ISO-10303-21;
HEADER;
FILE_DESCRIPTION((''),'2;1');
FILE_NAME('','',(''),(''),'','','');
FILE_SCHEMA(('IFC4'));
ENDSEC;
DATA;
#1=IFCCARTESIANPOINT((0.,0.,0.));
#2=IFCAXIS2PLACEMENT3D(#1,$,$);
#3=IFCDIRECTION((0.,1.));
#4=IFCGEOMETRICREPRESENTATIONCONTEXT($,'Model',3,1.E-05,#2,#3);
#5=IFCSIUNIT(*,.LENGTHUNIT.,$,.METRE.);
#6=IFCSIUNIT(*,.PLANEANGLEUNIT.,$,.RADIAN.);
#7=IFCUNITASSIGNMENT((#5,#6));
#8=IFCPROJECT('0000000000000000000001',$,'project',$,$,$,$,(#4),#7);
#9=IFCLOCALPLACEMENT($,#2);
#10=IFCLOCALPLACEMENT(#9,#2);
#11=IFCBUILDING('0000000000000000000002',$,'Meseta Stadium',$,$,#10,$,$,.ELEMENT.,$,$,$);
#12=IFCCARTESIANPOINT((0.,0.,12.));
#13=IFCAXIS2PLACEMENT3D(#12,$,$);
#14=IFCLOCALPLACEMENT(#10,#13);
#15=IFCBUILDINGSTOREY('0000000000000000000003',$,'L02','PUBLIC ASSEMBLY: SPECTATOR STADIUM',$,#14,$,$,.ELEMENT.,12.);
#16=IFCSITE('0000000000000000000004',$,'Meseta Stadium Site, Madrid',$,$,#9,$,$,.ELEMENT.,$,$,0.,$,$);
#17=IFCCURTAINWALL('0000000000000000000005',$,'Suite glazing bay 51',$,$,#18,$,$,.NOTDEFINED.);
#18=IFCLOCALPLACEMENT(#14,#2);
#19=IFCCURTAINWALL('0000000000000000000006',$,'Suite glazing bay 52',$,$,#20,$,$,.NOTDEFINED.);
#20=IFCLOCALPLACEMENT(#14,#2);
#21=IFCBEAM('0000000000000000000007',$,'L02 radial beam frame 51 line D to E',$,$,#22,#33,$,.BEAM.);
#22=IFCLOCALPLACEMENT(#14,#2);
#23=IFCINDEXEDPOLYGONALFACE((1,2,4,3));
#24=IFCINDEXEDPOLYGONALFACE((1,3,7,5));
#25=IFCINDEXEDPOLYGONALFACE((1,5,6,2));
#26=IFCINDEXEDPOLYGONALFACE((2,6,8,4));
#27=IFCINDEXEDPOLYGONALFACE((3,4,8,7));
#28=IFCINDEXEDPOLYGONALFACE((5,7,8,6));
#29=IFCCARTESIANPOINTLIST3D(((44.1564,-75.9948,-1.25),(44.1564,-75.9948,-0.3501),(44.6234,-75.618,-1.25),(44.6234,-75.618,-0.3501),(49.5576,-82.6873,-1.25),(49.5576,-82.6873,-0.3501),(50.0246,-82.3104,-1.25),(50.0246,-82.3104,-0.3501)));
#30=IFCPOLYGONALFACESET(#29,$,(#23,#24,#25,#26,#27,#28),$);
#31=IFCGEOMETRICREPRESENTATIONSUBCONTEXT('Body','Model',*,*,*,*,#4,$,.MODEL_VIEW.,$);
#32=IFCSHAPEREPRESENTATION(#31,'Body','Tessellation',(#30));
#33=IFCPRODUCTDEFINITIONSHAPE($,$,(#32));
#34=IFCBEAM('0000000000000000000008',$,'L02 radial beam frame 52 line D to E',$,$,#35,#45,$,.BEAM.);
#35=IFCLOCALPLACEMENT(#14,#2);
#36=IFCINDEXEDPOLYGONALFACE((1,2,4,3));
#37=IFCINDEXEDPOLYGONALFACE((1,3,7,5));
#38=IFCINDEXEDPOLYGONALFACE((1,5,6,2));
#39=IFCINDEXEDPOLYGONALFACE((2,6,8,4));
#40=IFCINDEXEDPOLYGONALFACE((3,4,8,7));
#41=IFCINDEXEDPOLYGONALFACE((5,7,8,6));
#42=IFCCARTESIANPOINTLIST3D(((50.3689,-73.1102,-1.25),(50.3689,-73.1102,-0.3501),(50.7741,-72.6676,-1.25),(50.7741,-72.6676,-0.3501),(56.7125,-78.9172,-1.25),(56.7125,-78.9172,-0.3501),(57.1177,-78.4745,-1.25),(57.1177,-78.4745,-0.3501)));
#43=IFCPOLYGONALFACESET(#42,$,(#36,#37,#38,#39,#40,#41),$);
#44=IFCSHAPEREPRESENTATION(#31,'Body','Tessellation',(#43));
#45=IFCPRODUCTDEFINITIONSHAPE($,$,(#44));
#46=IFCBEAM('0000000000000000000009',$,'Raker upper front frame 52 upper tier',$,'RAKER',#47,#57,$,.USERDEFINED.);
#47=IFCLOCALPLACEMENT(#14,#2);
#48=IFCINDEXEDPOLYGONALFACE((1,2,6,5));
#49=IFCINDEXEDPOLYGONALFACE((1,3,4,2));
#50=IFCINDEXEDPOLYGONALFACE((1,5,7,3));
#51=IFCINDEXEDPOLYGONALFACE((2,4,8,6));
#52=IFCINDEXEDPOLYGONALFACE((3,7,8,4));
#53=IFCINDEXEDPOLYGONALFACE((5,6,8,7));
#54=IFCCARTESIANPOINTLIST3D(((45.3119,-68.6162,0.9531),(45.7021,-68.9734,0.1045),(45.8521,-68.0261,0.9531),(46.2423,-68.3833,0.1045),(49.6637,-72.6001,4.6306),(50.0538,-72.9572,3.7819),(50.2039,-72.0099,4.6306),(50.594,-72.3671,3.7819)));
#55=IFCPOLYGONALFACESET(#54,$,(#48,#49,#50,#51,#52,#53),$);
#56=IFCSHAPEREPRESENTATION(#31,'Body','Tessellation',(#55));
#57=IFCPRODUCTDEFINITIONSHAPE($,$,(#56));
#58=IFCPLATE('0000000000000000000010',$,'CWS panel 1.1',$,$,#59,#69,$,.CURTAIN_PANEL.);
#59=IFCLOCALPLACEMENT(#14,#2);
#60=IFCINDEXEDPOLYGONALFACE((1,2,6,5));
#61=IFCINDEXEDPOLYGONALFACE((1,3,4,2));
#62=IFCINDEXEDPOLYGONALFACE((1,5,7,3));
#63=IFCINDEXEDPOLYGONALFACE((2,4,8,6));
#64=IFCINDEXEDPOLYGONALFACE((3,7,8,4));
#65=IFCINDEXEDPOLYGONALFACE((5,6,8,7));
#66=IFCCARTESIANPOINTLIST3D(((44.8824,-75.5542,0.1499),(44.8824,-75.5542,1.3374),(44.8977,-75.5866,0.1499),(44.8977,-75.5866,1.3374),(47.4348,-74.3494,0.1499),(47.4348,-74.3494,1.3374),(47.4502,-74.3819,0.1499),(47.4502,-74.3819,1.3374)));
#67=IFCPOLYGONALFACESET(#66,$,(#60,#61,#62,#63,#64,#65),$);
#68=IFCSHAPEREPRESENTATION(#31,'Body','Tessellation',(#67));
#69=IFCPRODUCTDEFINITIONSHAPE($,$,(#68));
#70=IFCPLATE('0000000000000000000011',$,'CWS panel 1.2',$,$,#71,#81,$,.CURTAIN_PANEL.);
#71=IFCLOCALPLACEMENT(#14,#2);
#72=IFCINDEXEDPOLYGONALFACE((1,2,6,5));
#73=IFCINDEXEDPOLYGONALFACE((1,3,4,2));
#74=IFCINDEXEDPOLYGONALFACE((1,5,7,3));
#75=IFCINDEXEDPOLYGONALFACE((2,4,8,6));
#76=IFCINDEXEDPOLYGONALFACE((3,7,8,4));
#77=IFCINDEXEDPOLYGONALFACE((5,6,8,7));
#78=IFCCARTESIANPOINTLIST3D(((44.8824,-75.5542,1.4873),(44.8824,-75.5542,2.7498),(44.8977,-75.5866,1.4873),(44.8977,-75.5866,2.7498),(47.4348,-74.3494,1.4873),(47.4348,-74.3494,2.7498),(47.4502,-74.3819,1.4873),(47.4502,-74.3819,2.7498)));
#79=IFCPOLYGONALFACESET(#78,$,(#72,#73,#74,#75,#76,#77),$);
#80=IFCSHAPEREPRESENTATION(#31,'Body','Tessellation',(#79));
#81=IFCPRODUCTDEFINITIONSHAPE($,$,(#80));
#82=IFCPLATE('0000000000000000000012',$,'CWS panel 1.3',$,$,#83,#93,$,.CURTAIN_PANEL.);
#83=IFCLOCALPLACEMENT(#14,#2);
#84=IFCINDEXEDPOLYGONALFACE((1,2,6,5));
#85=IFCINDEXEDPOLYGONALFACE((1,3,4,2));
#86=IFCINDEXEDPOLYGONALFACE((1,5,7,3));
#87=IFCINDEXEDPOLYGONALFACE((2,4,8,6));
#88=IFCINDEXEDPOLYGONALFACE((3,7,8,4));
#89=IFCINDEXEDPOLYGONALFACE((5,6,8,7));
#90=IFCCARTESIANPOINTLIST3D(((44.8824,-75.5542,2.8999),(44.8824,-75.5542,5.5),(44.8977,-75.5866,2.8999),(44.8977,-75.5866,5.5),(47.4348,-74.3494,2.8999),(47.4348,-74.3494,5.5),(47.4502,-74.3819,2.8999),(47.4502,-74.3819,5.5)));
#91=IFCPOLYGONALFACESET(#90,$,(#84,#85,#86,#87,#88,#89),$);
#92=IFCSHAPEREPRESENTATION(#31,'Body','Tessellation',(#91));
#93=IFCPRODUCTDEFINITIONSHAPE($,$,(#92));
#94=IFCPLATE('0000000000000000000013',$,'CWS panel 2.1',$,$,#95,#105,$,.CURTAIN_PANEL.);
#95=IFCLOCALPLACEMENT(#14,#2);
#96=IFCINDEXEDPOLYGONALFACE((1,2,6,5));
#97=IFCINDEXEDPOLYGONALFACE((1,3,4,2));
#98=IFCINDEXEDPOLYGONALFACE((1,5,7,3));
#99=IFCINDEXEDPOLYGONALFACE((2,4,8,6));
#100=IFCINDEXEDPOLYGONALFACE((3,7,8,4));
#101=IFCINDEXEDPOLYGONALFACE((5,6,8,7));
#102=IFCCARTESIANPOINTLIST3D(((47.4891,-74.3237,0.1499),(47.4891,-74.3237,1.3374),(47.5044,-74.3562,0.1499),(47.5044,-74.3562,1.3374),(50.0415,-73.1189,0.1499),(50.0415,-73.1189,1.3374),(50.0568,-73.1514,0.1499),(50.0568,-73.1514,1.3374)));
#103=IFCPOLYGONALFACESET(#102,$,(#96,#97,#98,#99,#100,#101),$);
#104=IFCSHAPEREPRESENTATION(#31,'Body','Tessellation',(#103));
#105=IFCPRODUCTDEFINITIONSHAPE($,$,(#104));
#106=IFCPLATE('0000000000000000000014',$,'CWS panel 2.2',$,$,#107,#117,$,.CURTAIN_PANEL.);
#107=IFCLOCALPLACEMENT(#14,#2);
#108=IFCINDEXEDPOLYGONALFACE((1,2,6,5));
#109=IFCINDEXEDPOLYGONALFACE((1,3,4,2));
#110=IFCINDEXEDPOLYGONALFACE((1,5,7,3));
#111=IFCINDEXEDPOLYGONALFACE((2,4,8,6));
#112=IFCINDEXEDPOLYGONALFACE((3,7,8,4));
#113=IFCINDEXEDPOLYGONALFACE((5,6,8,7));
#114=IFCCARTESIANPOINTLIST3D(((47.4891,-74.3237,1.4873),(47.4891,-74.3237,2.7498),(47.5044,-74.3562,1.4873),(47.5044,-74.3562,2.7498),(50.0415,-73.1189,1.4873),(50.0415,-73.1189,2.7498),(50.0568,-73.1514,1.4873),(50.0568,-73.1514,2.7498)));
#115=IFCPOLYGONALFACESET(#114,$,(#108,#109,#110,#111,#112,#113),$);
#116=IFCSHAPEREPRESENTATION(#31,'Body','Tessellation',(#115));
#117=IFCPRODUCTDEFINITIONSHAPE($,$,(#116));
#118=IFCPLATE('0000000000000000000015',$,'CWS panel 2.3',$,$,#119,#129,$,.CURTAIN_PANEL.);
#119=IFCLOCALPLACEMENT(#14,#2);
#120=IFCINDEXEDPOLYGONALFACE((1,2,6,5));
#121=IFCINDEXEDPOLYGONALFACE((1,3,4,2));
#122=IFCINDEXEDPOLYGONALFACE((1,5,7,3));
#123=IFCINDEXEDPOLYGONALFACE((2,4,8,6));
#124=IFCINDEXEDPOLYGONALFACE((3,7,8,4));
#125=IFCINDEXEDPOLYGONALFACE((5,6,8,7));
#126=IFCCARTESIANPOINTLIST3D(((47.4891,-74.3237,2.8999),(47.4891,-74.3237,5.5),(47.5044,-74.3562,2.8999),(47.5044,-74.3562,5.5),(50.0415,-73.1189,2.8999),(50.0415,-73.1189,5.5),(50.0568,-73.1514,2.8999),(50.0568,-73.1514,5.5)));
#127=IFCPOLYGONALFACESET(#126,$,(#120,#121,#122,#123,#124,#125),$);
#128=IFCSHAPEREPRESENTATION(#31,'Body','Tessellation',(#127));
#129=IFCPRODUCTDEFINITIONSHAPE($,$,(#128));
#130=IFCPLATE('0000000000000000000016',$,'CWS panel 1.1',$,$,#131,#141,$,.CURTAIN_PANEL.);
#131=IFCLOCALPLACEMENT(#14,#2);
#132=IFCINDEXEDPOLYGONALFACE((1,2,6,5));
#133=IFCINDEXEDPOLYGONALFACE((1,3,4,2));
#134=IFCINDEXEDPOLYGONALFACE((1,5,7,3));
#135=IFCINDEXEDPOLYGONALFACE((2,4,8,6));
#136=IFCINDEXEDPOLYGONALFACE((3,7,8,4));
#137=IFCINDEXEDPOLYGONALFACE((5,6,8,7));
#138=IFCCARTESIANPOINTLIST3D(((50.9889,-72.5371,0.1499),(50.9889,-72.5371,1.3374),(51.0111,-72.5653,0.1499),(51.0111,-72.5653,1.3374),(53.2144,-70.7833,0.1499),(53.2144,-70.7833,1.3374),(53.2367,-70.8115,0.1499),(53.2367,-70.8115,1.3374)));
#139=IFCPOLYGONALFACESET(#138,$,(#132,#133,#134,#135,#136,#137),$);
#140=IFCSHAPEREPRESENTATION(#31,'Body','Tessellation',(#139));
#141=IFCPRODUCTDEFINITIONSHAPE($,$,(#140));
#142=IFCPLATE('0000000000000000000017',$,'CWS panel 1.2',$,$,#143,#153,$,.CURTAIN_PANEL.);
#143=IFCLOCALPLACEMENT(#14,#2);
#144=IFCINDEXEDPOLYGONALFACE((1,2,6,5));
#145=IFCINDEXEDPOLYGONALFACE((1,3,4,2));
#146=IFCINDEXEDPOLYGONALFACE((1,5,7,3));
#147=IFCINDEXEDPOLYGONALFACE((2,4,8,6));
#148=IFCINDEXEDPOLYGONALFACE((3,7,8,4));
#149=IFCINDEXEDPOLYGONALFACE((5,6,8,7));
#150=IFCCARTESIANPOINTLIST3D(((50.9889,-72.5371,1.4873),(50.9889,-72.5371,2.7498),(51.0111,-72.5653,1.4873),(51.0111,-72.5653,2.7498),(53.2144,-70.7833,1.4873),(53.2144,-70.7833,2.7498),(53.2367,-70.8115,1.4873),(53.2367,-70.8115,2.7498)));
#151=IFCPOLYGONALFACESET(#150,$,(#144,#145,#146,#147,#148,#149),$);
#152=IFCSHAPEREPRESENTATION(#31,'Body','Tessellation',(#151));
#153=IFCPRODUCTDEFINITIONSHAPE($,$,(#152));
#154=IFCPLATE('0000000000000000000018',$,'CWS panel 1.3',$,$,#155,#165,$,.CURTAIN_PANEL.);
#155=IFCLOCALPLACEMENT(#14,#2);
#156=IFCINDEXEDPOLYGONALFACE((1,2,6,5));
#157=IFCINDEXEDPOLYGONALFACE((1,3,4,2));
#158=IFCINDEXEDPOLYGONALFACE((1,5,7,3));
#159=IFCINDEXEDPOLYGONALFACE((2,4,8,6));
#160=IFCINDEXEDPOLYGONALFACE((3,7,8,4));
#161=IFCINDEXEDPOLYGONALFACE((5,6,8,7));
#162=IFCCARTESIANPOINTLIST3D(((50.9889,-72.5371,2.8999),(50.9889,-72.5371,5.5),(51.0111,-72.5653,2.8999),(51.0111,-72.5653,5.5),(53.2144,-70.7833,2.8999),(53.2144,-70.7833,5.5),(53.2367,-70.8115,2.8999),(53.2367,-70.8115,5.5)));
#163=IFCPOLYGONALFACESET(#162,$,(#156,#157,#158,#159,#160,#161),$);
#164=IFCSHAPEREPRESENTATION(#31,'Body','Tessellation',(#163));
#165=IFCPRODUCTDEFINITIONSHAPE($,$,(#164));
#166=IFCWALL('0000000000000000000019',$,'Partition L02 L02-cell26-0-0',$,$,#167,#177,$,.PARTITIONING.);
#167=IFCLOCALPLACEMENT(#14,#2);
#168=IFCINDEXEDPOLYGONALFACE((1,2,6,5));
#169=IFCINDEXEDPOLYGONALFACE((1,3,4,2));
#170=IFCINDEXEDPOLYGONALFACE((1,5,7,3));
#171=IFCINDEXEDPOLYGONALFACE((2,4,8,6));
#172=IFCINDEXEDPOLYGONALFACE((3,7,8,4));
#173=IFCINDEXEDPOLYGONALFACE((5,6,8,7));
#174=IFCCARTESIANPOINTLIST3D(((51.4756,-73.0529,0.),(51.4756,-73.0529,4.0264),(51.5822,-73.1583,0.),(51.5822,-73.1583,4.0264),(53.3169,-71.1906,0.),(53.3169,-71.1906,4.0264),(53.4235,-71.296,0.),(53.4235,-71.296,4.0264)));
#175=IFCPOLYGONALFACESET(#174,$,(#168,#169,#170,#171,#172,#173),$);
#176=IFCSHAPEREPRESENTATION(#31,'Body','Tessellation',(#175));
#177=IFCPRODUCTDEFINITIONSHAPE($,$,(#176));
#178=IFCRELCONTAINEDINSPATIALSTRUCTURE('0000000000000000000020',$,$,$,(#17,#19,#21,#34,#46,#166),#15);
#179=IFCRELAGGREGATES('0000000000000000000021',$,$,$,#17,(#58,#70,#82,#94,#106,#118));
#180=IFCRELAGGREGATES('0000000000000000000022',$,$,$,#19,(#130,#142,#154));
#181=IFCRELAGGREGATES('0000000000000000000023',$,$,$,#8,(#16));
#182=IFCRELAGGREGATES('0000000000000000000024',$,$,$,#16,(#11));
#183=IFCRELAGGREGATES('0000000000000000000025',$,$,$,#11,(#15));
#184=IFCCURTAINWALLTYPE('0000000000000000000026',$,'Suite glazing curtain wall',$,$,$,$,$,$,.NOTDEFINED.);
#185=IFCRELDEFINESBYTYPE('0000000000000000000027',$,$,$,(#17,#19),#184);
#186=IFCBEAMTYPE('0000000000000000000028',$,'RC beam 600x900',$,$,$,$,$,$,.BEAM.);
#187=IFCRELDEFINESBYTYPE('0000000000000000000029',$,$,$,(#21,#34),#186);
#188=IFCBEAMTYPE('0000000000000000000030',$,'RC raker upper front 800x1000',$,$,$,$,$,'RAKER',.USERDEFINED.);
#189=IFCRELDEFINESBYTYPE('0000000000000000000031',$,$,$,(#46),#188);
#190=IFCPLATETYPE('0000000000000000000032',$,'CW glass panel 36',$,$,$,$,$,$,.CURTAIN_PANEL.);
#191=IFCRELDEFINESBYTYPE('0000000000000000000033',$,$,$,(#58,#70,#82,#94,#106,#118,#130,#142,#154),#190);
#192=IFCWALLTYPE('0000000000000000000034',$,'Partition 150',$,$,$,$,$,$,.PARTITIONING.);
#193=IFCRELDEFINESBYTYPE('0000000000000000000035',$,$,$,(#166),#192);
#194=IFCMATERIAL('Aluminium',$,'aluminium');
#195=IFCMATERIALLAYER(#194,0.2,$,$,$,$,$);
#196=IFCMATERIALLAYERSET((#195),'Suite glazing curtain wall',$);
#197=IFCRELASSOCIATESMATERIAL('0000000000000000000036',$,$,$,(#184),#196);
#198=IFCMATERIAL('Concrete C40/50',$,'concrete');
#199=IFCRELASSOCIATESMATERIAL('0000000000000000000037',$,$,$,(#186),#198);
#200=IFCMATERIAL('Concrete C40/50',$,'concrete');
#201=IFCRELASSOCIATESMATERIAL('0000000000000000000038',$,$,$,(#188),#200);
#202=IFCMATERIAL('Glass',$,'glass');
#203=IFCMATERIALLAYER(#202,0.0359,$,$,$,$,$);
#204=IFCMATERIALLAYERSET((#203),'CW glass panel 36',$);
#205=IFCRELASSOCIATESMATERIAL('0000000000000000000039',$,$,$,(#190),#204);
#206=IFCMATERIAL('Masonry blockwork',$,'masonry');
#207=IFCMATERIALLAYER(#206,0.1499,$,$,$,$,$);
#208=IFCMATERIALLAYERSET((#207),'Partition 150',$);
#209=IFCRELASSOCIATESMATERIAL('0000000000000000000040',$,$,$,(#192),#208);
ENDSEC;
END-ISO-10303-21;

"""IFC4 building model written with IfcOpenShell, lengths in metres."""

from ifc_helpers import new_model, si_unit, direction, frame, frame_2d, origin, origin_2d, place, context, subcontext, project, spatial, rectangle, extrude, material, layer, layer_set, material_profile, profile_set, type_object, element, aggregate, save


model = new_model("IFC4")

# Units and contexts
model_context = context("Model", 3, precision=1e-05, world=origin(), true_north=direction((0.0, 1.0)))
body_context = subcontext(model_context, "Body", "Model", "MODEL_VIEW")
ifc_project = project(units=[si_unit("LENGTHUNIT", "METRE"), si_unit("PLANEANGLEUNIT", "RADIAN")], contexts=[model_context])

# Site, building, storey
site_placement = place(None, origin())
site = spatial("IfcSite", under=ifc_project, at=site_placement, Name="Meseta Stadium Site, Madrid", CompositionType="ELEMENT", RefElevation=0.0)
building_placement = place(site_placement, origin())
building = spatial("IfcBuilding", under=site, at=building_placement, Name="Meseta Stadium", CompositionType="ELEMENT")
storey_placement = place(building_placement, frame((0.0, 0.0, 12.0)))
storey = spatial("IfcBuildingStorey", under=building, at=storey_placement, Name="L02", Description="PUBLIC ASSEMBLY: SPECTATOR STADIUM", CompositionType="ELEMENT", Elevation=12.0)

# Curtain wall
ifc_material_1 = material(Name="Aluminium", Category="aluminium")
ifc_layer_1 = layer(ifc_material_1, 0.2)
ifc_layer_set_1 = layer_set([ifc_layer_1], Name="Suite glazing curtain wall")
curtain_wall_type = type_object("IfcCurtainWallType", Name="Suite glazing curtain wall", PredefinedType="NOTDEFINED", material=ifc_layer_set_1)
curtain_wall_1_placement = place(storey_placement, origin())
curtain_wall_1 = element("IfcCurtainWall", 1, at=curtain_wall_1_placement, inside=storey, type_object=curtain_wall_type, Name="Suite glazing bay 51", PredefinedType="NOTDEFINED")

# Curtain wall
curtain_wall_2_placement = place(storey_placement, origin())
curtain_wall_2 = element("IfcCurtainWall", 2, at=curtain_wall_2_placement, inside=storey, type_object=curtain_wall_type, Name="Suite glazing bay 52", PredefinedType="NOTDEFINED")

# Beams
ifc_material_2 = material(Name="Concrete C40/50", Category="concrete")
ifc_material_profile_1 = material_profile(ifc_material_2, rectangle(XDim=0.6001, YDim=0.8999, at=origin_2d()), Name="RC 600x900")
ifc_profile_set_1 = profile_set([ifc_material_profile_1], Name="Concrete C40/50")
beam_type_1 = type_object("IfcBeamType", Name="RC beam 600x900", PredefinedType="BEAM", material=ifc_profile_set_1)
for number, where, z_axis, x_axis, name in (
    (3, (44.3899, -75.8064, -0.8), (0.628037, -0.778183, 0.0), (0.778183, 0.628037, 0.0), "L02 radial beam frame 51 line D to E"),
    (4, (50.5715, -72.8889, -0.8), (0.737617, -0.675219, 0.0), (0.675219, 0.737617, 0.0), "L02 radial beam frame 52 line D to E"),
):
    element("IfcBeam", number, at=place(storey_placement, frame(where, z_axis=z_axis, x_axis=x_axis)), inside=storey, type_object=beam_type_1, Name=name, PredefinedType="BEAM", context=body_context, shape_type="SweptSolid", body=[
        extrude(rectangle(XDim=0.6001, YDim=0.8999, at=origin_2d()), origin(), (0.0, 0.0, 1.0), 8.6001),
    ])
ifc_material_3 = material(Name="Concrete C40/50", Category="concrete")
ifc_material_profile_2 = material_profile(ifc_material_3, rectangle(XDim=0.8, YDim=1.0, at=origin_2d()), Name="RC 800x1000")
ifc_profile_set_2 = profile_set([ifc_material_profile_2], Name="Concrete C40/50")
beam_type_2 = type_object("IfcBeamType", Name="RC raker upper front 800x1000", ElementType="RAKER", PredefinedType="USERDEFINED", material=ifc_profile_set_2)
beam_1_placement = place(storey_placement, frame((45.7771, -68.4998, 0.5288), z_axis=(0.625958, -0.573037, 0.528966), x_axis=(0.675239, 0.737599, 0.0)))
element("IfcBeam", 5, at=beam_1_placement, inside=storey, type_object=beam_type_2, Name="Raker upper front frame 52 upper tier", ObjectType="RAKER", PredefinedType="USERDEFINED", context=body_context, shape_type="SweptSolid", body=[
    extrude(rectangle(XDim=0.8, YDim=1.0, at=origin_2d()), origin(), (0.0, 0.0, 1.0), 6.9521),
])

# Plates
ifc_material_4 = material(Name="Glass", Category="glass")
ifc_layer_2 = layer(ifc_material_4, 0.0359)
ifc_layer_set_2 = layer_set([ifc_layer_2], Name="CW glass panel 36")
plate_type = type_object("IfcPlateType", Name="CW glass panel 36", PredefinedType="CURTAIN_PANEL", material=ifc_layer_set_2)
plate_1_placement = place(storey_placement, frame((46.1663, -74.968, 0.1499), z_axis=(0.0, 0.0, 1.0), x_axis=(0.904328, 0.426837, 0.0)))
plate_1 = element("IfcPlate", 6, at=plate_1_placement, type_object=plate_type, Name="CWS panel 1.1", PredefinedType="CURTAIN_PANEL", context=body_context, shape_type="SweptSolid", body=[
    extrude(rectangle(XDim=2.8225, YDim=0.0359, at=origin_2d()), origin(), (0.0, 0.0, 1.0), 1.1875),
])
plate_2_placement = place(storey_placement, frame((46.1663, -74.968, 1.4873), z_axis=(0.0, 0.0, 1.0), x_axis=(0.904328, 0.426837, 0.0)))
plate_2 = element("IfcPlate", 7, at=plate_2_placement, type_object=plate_type, Name="CWS panel 1.2", PredefinedType="CURTAIN_PANEL", context=body_context, shape_type="SweptSolid", body=[
    extrude(rectangle(XDim=2.8225, YDim=0.0359, at=origin_2d()), origin(), (0.0, 0.0, 1.0), 1.2625),
])
plate_3_placement = place(storey_placement, frame((46.1663, -74.968, 2.8999), z_axis=(0.0, 0.0, 1.0), x_axis=(0.904328, 0.426837, 0.0)))
plate_3 = element("IfcPlate", 8, at=plate_3_placement, type_object=plate_type, Name="CWS panel 1.3", PredefinedType="CURTAIN_PANEL", context=body_context, shape_type="SweptSolid", body=[
    extrude(rectangle(XDim=2.8225, YDim=0.0359, at=origin_2d()), origin(), (0.0, 0.0, 1.0), 2.6001),
])
plate_4_placement = place(storey_placement, frame((48.7729, -73.7375, 0.1499), z_axis=(0.0, 0.0, 1.0), x_axis=(0.904328, 0.426837, 0.0)))
plate_4 = element("IfcPlate", 9, at=plate_4_placement, type_object=plate_type, Name="CWS panel 2.1", PredefinedType="CURTAIN_PANEL", context=body_context, shape_type="SweptSolid", body=[
    extrude(rectangle(XDim=2.8225, YDim=0.0359, at=origin_2d()), origin(), (0.0, 0.0, 1.0), 1.1875),
])
plate_5_placement = place(storey_placement, frame((48.7729, -73.7375, 1.4873), z_axis=(0.0, 0.0, 1.0), x_axis=(0.904328, 0.426837, 0.0)))
plate_5 = element("IfcPlate", 10, at=plate_5_placement, type_object=plate_type, Name="CWS panel 2.2", PredefinedType="CURTAIN_PANEL", context=body_context, shape_type="SweptSolid", body=[
    extrude(rectangle(XDim=2.8225, YDim=0.0359, at=origin_2d()), origin(), (0.0, 0.0, 1.0), 1.2625),
])
plate_6_placement = place(storey_placement, frame((48.7729, -73.7375, 2.8999), z_axis=(0.0, 0.0, 1.0), x_axis=(0.904328, 0.426837, 0.0)))
plate_6 = element("IfcPlate", 11, at=plate_6_placement, type_object=plate_type, Name="CWS panel 2.3", PredefinedType="CURTAIN_PANEL", context=body_context, shape_type="SweptSolid", body=[
    extrude(rectangle(XDim=2.8225, YDim=0.0359, at=origin_2d()), origin(), (0.0, 0.0, 1.0), 2.6001),
])
aggregate(curtain_wall_1, [plate_1, plate_2, plate_3, plate_4, plate_5, plate_6])
plate_7_placement = place(storey_placement, frame((52.1128, -71.6743, 0.1499), z_axis=(0.0, 0.0, 1.0), x_axis=(0.785435, 0.618944, 0.0)))
plate_7 = element("IfcPlate", 12, at=plate_7_placement, type_object=plate_type, Name="CWS panel 1.1", PredefinedType="CURTAIN_PANEL", context=body_context, shape_type="SweptSolid", body=[
    extrude(rectangle(XDim=2.8335, YDim=0.0359, at=origin_2d()), origin(), (0.0, 0.0, 1.0), 1.1875),
])
plate_8_placement = place(storey_placement, frame((52.1128, -71.6743, 1.4873), z_axis=(0.0, 0.0, 1.0), x_axis=(0.785435, 0.618944, 0.0)))
plate_8 = element("IfcPlate", 13, at=plate_8_placement, type_object=plate_type, Name="CWS panel 1.2", PredefinedType="CURTAIN_PANEL", context=body_context, shape_type="SweptSolid", body=[
    extrude(rectangle(XDim=2.8335, YDim=0.0359, at=origin_2d()), origin(), (0.0, 0.0, 1.0), 1.2625),
])
plate_9_placement = place(storey_placement, frame((52.1128, -71.6743, 2.8999), z_axis=(0.0, 0.0, 1.0), x_axis=(0.785435, 0.618944, 0.0)))
plate_9 = element("IfcPlate", 14, at=plate_9_placement, type_object=plate_type, Name="CWS panel 1.3", PredefinedType="CURTAIN_PANEL", context=body_context, shape_type="SweptSolid", body=[
    extrude(rectangle(XDim=2.8335, YDim=0.0359, at=origin_2d()), origin(), (0.0, 0.0, 1.0), 2.6001),
])
aggregate(curtain_wall_2, [plate_7, plate_8, plate_9])

# Wall
ifc_material_5 = material(Name="Masonry blockwork", Category="masonry")
ifc_layer_3 = layer(ifc_material_5, 0.1499)
ifc_layer_set_3 = layer_set([ifc_layer_3], Name="Partition 150")
wall_type = type_object("IfcWallType", Name="Partition 150", PredefinedType="PARTITIONING", material=ifc_layer_set_3)
wall_placement = place(storey_placement, frame((51.5288, -73.1057, 0.0), z_axis=(0.0, 0.0, 1.0), x_axis=(0.703087, 0.711104, 0.0)))
element("IfcWall", 15, at=wall_placement, inside=storey, type_object=wall_type, Name="Partition L02 L02-cell26-0-0", PredefinedType="PARTITIONING", context=body_context, shape_type="SweptSolid", body=[
    extrude(rectangle(XDim=2.6189, YDim=0.1499, at=frame_2d((1.3096, 0.0))), origin(), (0.0, 0.0, 1.0), 4.0264),
])

save(model, "model.ifc")
